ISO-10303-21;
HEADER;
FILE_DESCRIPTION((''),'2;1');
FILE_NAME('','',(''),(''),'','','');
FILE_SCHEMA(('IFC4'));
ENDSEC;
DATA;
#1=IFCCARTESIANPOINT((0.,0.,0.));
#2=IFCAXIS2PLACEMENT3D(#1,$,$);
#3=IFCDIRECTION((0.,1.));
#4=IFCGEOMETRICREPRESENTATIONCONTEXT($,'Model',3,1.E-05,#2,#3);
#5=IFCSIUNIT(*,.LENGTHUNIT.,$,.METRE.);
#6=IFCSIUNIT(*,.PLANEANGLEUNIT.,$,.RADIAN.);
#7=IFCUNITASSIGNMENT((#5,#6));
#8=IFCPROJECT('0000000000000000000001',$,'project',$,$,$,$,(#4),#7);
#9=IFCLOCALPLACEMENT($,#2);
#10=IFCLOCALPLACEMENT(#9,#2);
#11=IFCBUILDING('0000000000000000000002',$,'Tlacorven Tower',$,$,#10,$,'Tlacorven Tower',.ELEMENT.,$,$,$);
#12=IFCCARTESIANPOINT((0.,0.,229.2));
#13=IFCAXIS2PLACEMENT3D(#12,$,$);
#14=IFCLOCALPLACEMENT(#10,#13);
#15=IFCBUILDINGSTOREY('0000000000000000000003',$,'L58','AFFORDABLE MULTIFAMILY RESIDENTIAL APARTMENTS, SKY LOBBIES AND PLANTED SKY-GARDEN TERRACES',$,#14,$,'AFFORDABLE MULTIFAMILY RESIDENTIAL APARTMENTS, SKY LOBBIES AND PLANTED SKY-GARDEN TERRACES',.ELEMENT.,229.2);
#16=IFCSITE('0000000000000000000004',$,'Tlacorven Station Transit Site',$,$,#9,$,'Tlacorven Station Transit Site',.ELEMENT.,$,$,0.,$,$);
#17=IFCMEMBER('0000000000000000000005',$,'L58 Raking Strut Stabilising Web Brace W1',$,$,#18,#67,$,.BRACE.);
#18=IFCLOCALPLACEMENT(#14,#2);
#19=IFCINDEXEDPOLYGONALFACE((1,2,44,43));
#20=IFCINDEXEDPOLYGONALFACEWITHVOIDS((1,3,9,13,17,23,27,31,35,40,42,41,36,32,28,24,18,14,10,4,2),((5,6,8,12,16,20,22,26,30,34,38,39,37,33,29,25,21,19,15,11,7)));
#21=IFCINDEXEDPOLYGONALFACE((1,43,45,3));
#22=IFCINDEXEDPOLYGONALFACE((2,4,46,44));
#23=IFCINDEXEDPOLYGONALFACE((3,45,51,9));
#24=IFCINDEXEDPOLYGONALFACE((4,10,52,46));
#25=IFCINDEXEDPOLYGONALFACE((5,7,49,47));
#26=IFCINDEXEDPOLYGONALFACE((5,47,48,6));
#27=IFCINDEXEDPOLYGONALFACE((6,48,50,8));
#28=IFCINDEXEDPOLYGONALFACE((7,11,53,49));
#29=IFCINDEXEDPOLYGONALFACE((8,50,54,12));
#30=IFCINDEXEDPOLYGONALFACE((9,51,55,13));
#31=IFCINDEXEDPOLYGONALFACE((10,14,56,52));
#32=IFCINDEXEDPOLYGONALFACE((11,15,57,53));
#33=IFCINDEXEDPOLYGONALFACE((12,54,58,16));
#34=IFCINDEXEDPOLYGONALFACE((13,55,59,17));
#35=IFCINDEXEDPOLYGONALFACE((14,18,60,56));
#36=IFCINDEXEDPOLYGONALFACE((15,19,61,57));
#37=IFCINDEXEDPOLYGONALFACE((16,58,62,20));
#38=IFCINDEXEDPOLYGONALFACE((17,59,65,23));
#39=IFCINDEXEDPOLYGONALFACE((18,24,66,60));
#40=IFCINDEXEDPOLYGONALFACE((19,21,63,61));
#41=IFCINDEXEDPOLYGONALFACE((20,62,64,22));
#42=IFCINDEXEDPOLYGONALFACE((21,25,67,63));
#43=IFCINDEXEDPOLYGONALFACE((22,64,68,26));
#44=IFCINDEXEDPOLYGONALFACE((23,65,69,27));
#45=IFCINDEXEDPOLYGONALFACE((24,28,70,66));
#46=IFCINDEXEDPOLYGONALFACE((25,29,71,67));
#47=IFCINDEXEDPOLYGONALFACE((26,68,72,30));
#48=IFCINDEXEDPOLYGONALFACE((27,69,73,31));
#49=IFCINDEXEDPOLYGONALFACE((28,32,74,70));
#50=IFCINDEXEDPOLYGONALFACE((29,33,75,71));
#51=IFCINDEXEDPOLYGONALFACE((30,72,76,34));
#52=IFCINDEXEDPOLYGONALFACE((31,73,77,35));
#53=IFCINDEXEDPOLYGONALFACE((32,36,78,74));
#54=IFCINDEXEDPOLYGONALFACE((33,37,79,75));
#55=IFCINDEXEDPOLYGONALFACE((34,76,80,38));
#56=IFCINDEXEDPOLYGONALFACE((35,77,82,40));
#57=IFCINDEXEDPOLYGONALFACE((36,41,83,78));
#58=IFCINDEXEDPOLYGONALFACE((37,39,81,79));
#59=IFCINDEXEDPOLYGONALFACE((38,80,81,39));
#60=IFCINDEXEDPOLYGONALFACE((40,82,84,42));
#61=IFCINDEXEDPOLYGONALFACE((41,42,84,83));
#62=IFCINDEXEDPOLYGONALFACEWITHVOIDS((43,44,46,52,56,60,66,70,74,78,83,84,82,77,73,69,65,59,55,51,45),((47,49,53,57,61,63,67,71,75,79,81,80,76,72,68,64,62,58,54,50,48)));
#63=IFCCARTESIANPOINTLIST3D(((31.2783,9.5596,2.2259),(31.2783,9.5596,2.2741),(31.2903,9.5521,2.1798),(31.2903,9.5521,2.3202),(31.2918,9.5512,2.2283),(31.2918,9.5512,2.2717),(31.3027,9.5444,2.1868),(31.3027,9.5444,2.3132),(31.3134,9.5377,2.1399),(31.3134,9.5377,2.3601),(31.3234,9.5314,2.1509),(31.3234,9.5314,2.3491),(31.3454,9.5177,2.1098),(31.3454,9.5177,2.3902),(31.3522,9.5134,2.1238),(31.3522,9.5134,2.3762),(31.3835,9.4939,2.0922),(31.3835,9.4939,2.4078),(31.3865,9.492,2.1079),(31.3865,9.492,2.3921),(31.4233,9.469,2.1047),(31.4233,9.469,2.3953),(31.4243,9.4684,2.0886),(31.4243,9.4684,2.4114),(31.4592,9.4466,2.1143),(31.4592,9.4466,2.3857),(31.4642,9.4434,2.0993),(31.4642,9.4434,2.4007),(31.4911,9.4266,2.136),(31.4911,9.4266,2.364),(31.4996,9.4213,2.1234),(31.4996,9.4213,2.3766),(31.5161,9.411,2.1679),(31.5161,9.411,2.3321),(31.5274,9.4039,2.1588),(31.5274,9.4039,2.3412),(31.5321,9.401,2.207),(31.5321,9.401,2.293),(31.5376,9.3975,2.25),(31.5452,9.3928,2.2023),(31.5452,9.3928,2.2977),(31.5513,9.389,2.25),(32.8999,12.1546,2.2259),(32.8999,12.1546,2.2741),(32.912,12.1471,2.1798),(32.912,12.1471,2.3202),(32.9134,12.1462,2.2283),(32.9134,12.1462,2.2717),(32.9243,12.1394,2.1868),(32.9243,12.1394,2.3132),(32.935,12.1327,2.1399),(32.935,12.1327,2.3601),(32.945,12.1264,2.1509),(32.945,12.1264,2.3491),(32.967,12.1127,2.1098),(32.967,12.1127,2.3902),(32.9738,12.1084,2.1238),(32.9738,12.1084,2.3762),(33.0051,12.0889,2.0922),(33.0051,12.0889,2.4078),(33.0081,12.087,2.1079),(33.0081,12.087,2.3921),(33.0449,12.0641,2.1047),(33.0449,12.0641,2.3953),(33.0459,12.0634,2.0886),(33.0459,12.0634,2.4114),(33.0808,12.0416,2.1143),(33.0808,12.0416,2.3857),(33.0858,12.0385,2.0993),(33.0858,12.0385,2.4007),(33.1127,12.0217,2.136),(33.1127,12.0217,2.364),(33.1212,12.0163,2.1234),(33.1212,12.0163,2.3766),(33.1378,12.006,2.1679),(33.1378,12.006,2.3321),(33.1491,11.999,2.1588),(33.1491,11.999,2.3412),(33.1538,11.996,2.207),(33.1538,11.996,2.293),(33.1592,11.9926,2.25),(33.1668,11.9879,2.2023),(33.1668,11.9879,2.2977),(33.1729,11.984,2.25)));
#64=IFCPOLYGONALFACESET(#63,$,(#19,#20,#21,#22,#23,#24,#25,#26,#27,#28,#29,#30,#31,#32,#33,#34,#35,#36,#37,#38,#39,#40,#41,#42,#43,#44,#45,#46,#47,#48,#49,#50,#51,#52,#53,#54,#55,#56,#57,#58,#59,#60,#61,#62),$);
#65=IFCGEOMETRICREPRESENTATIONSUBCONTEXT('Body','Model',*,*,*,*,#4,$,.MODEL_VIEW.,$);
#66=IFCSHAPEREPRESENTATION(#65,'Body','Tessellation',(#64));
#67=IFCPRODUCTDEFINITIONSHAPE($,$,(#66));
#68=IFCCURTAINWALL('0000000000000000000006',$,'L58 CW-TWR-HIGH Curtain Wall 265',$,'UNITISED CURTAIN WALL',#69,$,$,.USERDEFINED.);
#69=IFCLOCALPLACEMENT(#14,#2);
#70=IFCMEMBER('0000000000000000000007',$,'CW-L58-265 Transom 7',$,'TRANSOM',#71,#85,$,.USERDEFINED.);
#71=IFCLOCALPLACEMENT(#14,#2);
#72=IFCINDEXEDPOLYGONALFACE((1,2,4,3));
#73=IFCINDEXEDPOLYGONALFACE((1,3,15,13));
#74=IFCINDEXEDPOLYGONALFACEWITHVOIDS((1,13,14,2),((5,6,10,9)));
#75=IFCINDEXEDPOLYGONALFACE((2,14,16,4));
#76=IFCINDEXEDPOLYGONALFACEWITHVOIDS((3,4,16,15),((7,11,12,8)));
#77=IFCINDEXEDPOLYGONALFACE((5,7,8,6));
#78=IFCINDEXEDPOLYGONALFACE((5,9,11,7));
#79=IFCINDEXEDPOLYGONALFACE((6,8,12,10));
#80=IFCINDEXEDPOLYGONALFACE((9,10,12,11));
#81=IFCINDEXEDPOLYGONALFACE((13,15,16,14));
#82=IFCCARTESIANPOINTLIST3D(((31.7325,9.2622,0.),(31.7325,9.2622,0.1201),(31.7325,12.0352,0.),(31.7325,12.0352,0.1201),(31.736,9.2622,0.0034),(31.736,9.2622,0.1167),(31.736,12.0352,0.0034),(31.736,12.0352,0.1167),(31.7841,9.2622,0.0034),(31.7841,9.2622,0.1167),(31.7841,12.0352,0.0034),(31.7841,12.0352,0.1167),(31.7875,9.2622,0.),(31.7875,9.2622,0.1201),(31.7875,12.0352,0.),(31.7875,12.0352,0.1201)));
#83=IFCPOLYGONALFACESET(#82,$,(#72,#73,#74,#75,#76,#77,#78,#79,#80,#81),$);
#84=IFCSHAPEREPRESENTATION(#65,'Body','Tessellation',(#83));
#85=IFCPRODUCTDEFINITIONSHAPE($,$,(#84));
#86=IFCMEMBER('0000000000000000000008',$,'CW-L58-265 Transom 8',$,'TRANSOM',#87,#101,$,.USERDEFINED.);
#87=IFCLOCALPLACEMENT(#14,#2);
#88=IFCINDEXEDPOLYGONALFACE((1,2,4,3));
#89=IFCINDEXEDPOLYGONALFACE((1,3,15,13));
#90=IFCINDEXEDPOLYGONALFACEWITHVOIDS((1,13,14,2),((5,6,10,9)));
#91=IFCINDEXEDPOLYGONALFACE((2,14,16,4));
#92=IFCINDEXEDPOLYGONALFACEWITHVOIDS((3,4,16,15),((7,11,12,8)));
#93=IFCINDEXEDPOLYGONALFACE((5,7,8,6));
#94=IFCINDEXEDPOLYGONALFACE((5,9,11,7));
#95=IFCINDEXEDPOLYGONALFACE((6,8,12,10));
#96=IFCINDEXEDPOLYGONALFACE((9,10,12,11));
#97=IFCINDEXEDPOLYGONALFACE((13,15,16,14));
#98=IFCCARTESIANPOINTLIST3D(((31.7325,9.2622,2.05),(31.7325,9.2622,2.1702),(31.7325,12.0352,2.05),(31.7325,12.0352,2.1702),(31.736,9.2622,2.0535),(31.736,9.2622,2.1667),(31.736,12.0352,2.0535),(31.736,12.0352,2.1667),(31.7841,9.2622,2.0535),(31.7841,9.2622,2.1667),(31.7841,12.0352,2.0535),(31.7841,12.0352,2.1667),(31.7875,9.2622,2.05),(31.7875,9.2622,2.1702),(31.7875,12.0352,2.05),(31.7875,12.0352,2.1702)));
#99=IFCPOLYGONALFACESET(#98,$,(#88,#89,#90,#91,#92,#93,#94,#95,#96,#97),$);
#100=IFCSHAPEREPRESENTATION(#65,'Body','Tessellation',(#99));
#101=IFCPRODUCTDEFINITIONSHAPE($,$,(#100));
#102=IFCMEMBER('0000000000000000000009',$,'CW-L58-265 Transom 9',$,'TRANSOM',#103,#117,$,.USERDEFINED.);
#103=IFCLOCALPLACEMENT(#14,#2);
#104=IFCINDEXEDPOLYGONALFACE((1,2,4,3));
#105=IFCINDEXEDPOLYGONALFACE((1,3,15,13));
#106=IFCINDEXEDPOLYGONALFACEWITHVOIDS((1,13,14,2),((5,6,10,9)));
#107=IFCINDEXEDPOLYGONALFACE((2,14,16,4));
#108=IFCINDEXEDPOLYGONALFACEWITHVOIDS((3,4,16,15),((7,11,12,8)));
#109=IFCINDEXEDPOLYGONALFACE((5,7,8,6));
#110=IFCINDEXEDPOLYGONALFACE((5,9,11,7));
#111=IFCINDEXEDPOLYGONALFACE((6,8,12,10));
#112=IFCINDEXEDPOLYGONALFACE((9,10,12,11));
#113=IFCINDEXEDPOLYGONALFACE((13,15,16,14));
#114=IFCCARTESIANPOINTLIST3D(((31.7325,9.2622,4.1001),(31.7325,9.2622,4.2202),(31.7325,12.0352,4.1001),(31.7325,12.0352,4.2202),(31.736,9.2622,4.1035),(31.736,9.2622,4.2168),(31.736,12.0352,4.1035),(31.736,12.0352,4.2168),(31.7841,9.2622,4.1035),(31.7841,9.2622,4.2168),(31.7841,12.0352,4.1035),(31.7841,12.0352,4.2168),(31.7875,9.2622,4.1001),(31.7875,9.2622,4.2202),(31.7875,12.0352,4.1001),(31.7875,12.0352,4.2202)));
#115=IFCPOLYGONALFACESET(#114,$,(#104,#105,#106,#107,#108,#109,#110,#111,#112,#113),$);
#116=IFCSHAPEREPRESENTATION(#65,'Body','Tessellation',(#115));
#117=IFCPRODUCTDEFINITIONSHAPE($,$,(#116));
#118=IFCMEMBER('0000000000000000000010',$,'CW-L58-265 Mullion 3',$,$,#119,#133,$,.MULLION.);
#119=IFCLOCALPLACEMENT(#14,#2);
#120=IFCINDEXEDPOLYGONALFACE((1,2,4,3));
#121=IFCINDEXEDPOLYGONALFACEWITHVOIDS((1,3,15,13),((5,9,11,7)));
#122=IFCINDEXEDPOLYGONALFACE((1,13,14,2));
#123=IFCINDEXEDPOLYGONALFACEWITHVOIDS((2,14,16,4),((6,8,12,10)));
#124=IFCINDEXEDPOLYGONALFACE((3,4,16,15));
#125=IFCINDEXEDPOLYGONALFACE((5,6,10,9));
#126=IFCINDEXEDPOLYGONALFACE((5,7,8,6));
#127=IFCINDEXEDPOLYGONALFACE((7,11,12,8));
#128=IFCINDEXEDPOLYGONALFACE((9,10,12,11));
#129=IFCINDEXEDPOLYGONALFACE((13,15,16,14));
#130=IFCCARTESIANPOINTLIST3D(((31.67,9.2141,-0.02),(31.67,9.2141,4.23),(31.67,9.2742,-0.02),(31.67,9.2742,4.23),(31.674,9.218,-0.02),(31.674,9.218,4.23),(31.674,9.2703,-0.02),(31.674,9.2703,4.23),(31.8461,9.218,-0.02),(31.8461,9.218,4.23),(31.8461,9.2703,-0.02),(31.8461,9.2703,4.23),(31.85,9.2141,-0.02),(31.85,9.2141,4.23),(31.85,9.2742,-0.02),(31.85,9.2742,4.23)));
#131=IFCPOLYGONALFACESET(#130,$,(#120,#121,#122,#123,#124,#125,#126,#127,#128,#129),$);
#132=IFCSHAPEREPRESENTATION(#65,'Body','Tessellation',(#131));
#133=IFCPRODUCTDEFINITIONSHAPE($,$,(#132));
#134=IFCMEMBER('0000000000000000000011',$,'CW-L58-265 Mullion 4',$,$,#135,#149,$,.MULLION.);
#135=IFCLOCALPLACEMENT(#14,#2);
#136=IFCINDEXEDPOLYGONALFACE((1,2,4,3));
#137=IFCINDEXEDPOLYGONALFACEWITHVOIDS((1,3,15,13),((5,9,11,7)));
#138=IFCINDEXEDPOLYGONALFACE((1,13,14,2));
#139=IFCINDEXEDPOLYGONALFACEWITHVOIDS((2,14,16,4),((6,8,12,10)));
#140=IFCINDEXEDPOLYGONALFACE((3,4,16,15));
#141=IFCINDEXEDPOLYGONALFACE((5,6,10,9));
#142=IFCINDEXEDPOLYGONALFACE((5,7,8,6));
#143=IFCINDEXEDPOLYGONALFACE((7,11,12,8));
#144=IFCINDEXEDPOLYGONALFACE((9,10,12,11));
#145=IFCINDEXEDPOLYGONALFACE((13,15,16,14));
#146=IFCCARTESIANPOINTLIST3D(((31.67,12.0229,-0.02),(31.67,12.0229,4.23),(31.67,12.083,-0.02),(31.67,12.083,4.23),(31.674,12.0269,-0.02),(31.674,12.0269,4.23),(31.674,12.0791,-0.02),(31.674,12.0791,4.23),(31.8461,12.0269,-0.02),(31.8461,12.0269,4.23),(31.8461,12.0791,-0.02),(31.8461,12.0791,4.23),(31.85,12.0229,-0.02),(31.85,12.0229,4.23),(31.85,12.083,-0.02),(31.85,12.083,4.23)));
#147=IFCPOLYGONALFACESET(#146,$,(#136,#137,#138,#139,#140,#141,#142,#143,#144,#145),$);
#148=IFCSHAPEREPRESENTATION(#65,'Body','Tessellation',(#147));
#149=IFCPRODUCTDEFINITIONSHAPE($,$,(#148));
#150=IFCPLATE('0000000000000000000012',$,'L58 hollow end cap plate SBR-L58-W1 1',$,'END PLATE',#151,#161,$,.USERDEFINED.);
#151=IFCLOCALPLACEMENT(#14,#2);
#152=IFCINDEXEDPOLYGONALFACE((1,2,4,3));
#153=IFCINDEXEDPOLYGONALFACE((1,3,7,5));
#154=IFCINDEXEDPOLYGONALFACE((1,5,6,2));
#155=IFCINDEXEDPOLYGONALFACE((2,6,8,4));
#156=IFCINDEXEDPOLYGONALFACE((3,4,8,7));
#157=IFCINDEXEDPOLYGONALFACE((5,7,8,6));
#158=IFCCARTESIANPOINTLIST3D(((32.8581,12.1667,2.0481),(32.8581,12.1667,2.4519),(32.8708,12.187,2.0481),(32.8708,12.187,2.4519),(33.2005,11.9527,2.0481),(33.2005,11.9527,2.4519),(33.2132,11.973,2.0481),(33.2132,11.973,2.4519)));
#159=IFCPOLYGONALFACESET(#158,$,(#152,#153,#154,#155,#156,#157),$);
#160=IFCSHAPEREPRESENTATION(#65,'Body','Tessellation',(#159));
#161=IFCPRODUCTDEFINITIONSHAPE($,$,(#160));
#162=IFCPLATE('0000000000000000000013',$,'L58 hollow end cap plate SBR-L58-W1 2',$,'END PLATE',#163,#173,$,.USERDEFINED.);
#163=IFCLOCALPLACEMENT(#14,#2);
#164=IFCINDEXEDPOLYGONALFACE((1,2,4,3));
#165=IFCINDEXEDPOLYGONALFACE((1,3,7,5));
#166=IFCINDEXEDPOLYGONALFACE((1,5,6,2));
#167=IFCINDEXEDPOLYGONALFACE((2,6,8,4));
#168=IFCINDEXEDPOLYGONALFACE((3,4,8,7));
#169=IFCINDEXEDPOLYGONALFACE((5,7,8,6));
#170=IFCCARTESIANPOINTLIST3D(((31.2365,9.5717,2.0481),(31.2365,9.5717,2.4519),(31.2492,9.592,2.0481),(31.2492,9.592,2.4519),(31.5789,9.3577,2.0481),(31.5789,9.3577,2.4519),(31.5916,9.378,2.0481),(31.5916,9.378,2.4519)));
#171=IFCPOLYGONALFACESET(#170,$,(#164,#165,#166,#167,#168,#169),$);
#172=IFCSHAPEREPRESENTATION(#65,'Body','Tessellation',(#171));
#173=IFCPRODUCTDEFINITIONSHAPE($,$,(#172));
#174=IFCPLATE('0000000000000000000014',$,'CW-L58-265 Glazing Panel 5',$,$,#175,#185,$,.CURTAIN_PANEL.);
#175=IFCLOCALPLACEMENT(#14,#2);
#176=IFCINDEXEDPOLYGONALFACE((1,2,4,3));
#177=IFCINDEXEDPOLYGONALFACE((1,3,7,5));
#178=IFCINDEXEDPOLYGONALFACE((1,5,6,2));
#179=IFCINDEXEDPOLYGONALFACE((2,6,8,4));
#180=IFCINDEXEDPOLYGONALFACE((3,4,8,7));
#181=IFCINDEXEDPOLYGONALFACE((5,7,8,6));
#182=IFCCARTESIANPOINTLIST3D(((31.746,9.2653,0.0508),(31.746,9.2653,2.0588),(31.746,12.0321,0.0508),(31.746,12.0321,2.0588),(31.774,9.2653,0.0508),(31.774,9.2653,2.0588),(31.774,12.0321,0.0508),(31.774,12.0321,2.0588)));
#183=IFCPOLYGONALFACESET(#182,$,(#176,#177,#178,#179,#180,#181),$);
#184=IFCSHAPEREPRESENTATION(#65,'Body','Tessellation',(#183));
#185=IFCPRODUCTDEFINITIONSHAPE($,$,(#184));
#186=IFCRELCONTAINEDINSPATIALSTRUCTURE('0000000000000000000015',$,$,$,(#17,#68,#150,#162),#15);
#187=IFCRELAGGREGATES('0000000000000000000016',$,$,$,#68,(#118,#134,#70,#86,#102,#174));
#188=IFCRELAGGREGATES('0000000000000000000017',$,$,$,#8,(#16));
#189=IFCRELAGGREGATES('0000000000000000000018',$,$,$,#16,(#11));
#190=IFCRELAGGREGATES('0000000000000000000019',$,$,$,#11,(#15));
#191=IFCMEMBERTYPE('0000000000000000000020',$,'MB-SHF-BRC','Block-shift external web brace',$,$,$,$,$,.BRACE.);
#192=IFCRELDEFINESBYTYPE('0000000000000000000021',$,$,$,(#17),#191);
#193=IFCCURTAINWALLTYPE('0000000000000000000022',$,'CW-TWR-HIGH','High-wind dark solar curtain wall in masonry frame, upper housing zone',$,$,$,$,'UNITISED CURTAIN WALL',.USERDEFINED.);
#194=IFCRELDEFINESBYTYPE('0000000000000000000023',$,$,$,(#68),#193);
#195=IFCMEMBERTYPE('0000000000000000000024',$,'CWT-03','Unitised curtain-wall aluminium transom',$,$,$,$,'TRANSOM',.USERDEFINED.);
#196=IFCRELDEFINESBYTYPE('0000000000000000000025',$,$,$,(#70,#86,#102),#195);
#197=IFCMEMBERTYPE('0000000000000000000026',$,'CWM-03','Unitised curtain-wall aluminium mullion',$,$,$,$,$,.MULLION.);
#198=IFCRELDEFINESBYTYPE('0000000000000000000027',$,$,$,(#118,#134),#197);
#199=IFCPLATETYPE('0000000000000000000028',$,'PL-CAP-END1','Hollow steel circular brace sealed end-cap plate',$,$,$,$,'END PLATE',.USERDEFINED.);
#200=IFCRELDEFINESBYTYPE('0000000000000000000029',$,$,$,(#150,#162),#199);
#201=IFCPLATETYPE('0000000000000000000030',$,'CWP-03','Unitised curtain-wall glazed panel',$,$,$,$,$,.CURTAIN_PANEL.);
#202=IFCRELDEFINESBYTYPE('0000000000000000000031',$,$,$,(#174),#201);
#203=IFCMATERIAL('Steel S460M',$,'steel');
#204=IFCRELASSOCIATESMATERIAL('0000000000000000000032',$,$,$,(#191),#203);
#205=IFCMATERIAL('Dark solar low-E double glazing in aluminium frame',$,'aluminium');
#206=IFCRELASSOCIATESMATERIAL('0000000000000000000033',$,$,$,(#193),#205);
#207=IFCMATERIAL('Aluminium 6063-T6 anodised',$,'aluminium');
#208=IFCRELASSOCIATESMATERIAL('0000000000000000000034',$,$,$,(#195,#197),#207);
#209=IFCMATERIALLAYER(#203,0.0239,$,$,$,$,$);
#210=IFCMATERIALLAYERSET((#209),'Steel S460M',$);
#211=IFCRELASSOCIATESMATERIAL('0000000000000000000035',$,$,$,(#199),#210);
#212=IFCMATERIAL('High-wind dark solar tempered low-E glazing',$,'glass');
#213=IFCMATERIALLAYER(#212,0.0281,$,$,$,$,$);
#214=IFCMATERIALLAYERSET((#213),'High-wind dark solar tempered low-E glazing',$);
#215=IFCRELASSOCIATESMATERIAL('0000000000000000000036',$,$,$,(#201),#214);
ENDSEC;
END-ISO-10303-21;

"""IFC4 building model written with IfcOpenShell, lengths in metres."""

from ifc_helpers import new_model, si_unit, direction, frame, origin, origin_2d, place, context, subcontext, project, spatial, rectangle, hollow_rectangle, hollow_circle, extrude, source, transform, mapped, material, layer, layer_set, material_profile, profile_set, type_object, element, aggregate, save


model = new_model("IFC4")

# Units and contexts
model_context = context("Model", 3, precision=1e-05, world=origin(), true_north=direction((0.0, 1.0)))
body_context = subcontext(model_context, "Body", "Model", "MODEL_VIEW")
ifc_project = project(units=[si_unit("LENGTHUNIT", "METRE"), si_unit("PLANEANGLEUNIT", "RADIAN")], contexts=[model_context])

# Site, building, storey
site_placement = place(None, origin())
site = spatial("IfcSite", under=ifc_project, at=site_placement, Name="Tlacorven Station Transit Site", LongName="Tlacorven Station Transit Site", CompositionType="ELEMENT", RefElevation=0.0)
building_placement = place(site_placement, origin())
building = spatial("IfcBuilding", under=site, at=building_placement, Name="Tlacorven Tower", LongName="Tlacorven Tower", CompositionType="ELEMENT")
storey_placement = place(building_placement, frame((0.0, 0.0, 229.2)))
storey = spatial("IfcBuildingStorey", under=building, at=storey_placement, Name="L58", Description="AFFORDABLE MULTIFAMILY RESIDENTIAL APARTMENTS, SKY LOBBIES AND PLANTED SKY-GARDEN TERRACES", LongName="AFFORDABLE MULTIFAMILY RESIDENTIAL APARTMENTS, SKY LOBBIES AND PLANTED SKY-GARDEN TERRACES", CompositionType="ELEMENT", Elevation=229.2)

# Member
ifc_material_1 = material(Name="Steel S460M", Category="steel")
ifc_material_profile_1 = material_profile(ifc_material_1, hollow_circle(Radius=0.1619, WallThickness=0.0161, at=origin_2d()), Name="CHS 323.9X16")
ifc_profile_set_1 = profile_set([ifc_material_profile_1], Name="Steel S460M")
member_type_1 = type_object("IfcMemberType", Name="MB-SHF-BRC", Description="Block-shift external web brace", PredefinedType="BRACE", material=ifc_profile_set_1)
shared_shape_1 = source(origin(), body_context, "Body", "SweptSolid", [
    extrude(hollow_circle(Radius=0.1619, WallThickness=0.0161, at=origin_2d()), origin(), (0.0, 0.0, 1.0), 3.0601),
])
member_1_placement = place(storey_placement, frame((33.0356, 12.0698, 2.25), z_axis=(-0.529934, -0.848039, 0.0), x_axis=(0.848039, -0.529934, 0.0)))
element("IfcMember", 1, at=member_1_placement, inside=storey, type_object=member_type_1, Name="L58 Raking Strut Stabilising Web Brace W1", PredefinedType="BRACE", context=body_context, shape_type="MappedRepresentation", body=[
    mapped(shared_shape_1, transform((0.0, 0.0, 0.0), scale=1.0)),
])

# Curtain wall, members
ifc_material_2 = material(Name="Dark solar low-E double glazing in aluminium frame", Category="aluminium")
curtain_wall_type = type_object("IfcCurtainWallType", Name="CW-TWR-HIGH", Description="High-wind dark solar curtain wall in masonry frame, upper housing zone", ElementType="UNITISED CURTAIN WALL", PredefinedType="USERDEFINED", material=ifc_material_2)
curtain_wall_placement = place(storey_placement, origin())
curtain_wall = element("IfcCurtainWall", 2, at=curtain_wall_placement, inside=storey, type_object=curtain_wall_type, Name="L58 CW-TWR-HIGH Curtain Wall 265", ObjectType="UNITISED CURTAIN WALL", PredefinedType="USERDEFINED")
ifc_material_3 = material(Name="Aluminium 6063-T6 anodised", Category="aluminium")
ifc_material_profile_2 = material_profile(ifc_material_3, hollow_rectangle(XDim=0.0549, YDim=0.1201, WallThickness=0.0034, at=origin_2d()), Name="ALU TRANSOM 55X120")
ifc_profile_set_2 = profile_set([ifc_material_profile_2], Name="Aluminium 6063-T6 anodised")
member_type_2 = type_object("IfcMemberType", Name="CWT-03", Description="Unitised curtain-wall aluminium transom", ElementType="TRANSOM", PredefinedType="USERDEFINED", material=ifc_profile_set_2)
shared_shape_2 = source(origin(), body_context, "Body", "SweptSolid", [
    extrude(hollow_rectangle(XDim=0.0549, YDim=0.1201, WallThickness=0.0034, at=origin_2d()), origin(), (0.0, 0.0, 1.0), 2.7729),
])
member_2_placement = place(storey_placement, frame((31.76, 9.2622, 0.0601), z_axis=(0.0, 1.0, 0.0), x_axis=(-1.0, 0.0, 0.0)))
member_2 = element("IfcMember", 3, at=member_2_placement, type_object=member_type_2, Name="CW-L58-265 Transom 7", ObjectType="TRANSOM", PredefinedType="USERDEFINED", context=body_context, shape_type="MappedRepresentation", body=[
    mapped(shared_shape_2, transform((0.0, 0.0, 0.0), scale=1.0)),
])
member_3_placement = place(storey_placement, frame((31.76, 9.2622, 2.1101), z_axis=(0.0, 1.0, 0.0), x_axis=(-1.0, 0.0, 0.0)))
member_3 = element("IfcMember", 4, at=member_3_placement, type_object=member_type_2, Name="CW-L58-265 Transom 8", ObjectType="TRANSOM", PredefinedType="USERDEFINED", context=body_context, shape_type="MappedRepresentation", body=[
    mapped(shared_shape_2, transform((0.0, 0.0, 0.0), scale=1.0)),
])
member_4_placement = place(storey_placement, frame((31.76, 9.2622, 4.1602), z_axis=(0.0, 1.0, 0.0), x_axis=(-1.0, 0.0, 0.0)))
member_4 = element("IfcMember", 5, at=member_4_placement, type_object=member_type_2, Name="CW-L58-265 Transom 9", ObjectType="TRANSOM", PredefinedType="USERDEFINED", context=body_context, shape_type="MappedRepresentation", body=[
    mapped(shared_shape_2, transform((0.0, 0.0, 0.0), scale=1.0)),
])
ifc_material_profile_3 = material_profile(ifc_material_3, hollow_rectangle(XDim=0.0601, YDim=0.1799, WallThickness=0.0039, at=origin_2d()), Name="ALU MULLION 60X180")
ifc_profile_set_3 = profile_set([ifc_material_profile_3], Name="Aluminium 6063-T6 anodised")
member_type_3 = type_object("IfcMemberType", Name="CWM-03", Description="Unitised curtain-wall aluminium mullion", PredefinedType="MULLION", material=ifc_profile_set_3)
shared_shape_3 = source(origin(), body_context, "Body", "SweptSolid", [
    extrude(hollow_rectangle(XDim=0.0601, YDim=0.1799, WallThickness=0.0039, at=origin_2d()), origin(), (0.0, 0.0, 1.0), 4.25),
])
member_5_placement = place(storey_placement, frame((31.76, 9.2441, -0.02), z_axis=(0.0, 0.0, 1.0), x_axis=(0.0, 1.0, 0.0)))
member_5 = element("IfcMember", 6, at=member_5_placement, type_object=member_type_3, Name="CW-L58-265 Mullion 3", PredefinedType="MULLION", context=body_context, shape_type="MappedRepresentation", body=[
    mapped(shared_shape_3, transform((0.0, 0.0, 0.0), scale=1.0)),
])
member_6_placement = place(storey_placement, frame((31.76, 12.053, -0.02), z_axis=(0.0, 0.0, 1.0), x_axis=(0.0, 1.0, 0.0)))
member_6 = element("IfcMember", 7, at=member_6_placement, type_object=member_type_3, Name="CW-L58-265 Mullion 4", PredefinedType="MULLION", context=body_context, shape_type="MappedRepresentation", body=[
    mapped(shared_shape_3, transform((0.0, 0.0, 0.0), scale=1.0)),
])

# Plates
ifc_layer_1 = layer(ifc_material_1, 0.0239)
ifc_layer_set_1 = layer_set([ifc_layer_1], Name="Steel S460M")
plate_type_1 = type_object("IfcPlateType", Name="PL-CAP-END1", Description="Hollow steel circular brace sealed end-cap plate", ElementType="END PLATE", PredefinedType="USERDEFINED", material=ifc_layer_set_1)
shared_shape_4 = source(origin(), body_context, "Body", "SweptSolid", [
    extrude(rectangle(XDim=0.0239, YDim=0.4038, at=origin_2d()), origin(), (0.0, 0.0, 1.0), 0.4038),
])
for number, where, z_axis, x_axis, name in (
    (8, (33.0356, 12.0698, 2.0481), (0.0, 0.0, 1.0), (-0.529919, -0.848049, 0.0), "L58 hollow end cap plate SBR-L58-W1 1"),
    (9, (31.4141, 9.4749, 2.0481), (0.0, 0.0, 1.0), (-0.529919, -0.848049, 0.0), "L58 hollow end cap plate SBR-L58-W1 2"),
):
    element("IfcPlate", number, at=place(storey_placement, frame(where, z_axis=z_axis, x_axis=x_axis)), inside=storey, type_object=plate_type_1, Name=name, ObjectType="END PLATE", PredefinedType="USERDEFINED", context=body_context, shape_type="MappedRepresentation", body=[
        mapped(shared_shape_4, transform((0.0, 0.0, 0.0), scale=1.0)),
    ])

# Plate
ifc_material_4 = material(Name="High-wind dark solar tempered low-E glazing", Category="glass")
ifc_layer_2 = layer(ifc_material_4, 0.0281)
ifc_layer_set_2 = layer_set([ifc_layer_2], Name="High-wind dark solar tempered low-E glazing")
plate_type_2 = type_object("IfcPlateType", Name="CWP-03", Description="Unitised curtain-wall glazed panel", PredefinedType="CURTAIN_PANEL", material=ifc_layer_set_2)
shared_shape_5 = source(origin(), body_context, "Body", "SweptSolid", [
    extrude(rectangle(XDim=2.7668, YDim=0.0281, at=origin_2d()), origin(), (0.0, 0.0, 1.0), 2.0081),
])
plate_1_placement = place(storey_placement, frame((31.76, 10.6487, 0.0508), z_axis=(0.0, 0.0, 1.0), x_axis=(0.0, 1.0, 0.0)))
plate_1 = element("IfcPlate", 10, at=plate_1_placement, type_object=plate_type_2, Name="CW-L58-265 Glazing Panel 5", PredefinedType="CURTAIN_PANEL", context=body_context, shape_type="MappedRepresentation", body=[
    mapped(shared_shape_5, transform((0.0, 0.0, 0.0), scale=1.0)),
])
aggregate(curtain_wall, [member_5, member_6, member_2, member_3, member_4, plate_1])

save(model, "model.ifc")
